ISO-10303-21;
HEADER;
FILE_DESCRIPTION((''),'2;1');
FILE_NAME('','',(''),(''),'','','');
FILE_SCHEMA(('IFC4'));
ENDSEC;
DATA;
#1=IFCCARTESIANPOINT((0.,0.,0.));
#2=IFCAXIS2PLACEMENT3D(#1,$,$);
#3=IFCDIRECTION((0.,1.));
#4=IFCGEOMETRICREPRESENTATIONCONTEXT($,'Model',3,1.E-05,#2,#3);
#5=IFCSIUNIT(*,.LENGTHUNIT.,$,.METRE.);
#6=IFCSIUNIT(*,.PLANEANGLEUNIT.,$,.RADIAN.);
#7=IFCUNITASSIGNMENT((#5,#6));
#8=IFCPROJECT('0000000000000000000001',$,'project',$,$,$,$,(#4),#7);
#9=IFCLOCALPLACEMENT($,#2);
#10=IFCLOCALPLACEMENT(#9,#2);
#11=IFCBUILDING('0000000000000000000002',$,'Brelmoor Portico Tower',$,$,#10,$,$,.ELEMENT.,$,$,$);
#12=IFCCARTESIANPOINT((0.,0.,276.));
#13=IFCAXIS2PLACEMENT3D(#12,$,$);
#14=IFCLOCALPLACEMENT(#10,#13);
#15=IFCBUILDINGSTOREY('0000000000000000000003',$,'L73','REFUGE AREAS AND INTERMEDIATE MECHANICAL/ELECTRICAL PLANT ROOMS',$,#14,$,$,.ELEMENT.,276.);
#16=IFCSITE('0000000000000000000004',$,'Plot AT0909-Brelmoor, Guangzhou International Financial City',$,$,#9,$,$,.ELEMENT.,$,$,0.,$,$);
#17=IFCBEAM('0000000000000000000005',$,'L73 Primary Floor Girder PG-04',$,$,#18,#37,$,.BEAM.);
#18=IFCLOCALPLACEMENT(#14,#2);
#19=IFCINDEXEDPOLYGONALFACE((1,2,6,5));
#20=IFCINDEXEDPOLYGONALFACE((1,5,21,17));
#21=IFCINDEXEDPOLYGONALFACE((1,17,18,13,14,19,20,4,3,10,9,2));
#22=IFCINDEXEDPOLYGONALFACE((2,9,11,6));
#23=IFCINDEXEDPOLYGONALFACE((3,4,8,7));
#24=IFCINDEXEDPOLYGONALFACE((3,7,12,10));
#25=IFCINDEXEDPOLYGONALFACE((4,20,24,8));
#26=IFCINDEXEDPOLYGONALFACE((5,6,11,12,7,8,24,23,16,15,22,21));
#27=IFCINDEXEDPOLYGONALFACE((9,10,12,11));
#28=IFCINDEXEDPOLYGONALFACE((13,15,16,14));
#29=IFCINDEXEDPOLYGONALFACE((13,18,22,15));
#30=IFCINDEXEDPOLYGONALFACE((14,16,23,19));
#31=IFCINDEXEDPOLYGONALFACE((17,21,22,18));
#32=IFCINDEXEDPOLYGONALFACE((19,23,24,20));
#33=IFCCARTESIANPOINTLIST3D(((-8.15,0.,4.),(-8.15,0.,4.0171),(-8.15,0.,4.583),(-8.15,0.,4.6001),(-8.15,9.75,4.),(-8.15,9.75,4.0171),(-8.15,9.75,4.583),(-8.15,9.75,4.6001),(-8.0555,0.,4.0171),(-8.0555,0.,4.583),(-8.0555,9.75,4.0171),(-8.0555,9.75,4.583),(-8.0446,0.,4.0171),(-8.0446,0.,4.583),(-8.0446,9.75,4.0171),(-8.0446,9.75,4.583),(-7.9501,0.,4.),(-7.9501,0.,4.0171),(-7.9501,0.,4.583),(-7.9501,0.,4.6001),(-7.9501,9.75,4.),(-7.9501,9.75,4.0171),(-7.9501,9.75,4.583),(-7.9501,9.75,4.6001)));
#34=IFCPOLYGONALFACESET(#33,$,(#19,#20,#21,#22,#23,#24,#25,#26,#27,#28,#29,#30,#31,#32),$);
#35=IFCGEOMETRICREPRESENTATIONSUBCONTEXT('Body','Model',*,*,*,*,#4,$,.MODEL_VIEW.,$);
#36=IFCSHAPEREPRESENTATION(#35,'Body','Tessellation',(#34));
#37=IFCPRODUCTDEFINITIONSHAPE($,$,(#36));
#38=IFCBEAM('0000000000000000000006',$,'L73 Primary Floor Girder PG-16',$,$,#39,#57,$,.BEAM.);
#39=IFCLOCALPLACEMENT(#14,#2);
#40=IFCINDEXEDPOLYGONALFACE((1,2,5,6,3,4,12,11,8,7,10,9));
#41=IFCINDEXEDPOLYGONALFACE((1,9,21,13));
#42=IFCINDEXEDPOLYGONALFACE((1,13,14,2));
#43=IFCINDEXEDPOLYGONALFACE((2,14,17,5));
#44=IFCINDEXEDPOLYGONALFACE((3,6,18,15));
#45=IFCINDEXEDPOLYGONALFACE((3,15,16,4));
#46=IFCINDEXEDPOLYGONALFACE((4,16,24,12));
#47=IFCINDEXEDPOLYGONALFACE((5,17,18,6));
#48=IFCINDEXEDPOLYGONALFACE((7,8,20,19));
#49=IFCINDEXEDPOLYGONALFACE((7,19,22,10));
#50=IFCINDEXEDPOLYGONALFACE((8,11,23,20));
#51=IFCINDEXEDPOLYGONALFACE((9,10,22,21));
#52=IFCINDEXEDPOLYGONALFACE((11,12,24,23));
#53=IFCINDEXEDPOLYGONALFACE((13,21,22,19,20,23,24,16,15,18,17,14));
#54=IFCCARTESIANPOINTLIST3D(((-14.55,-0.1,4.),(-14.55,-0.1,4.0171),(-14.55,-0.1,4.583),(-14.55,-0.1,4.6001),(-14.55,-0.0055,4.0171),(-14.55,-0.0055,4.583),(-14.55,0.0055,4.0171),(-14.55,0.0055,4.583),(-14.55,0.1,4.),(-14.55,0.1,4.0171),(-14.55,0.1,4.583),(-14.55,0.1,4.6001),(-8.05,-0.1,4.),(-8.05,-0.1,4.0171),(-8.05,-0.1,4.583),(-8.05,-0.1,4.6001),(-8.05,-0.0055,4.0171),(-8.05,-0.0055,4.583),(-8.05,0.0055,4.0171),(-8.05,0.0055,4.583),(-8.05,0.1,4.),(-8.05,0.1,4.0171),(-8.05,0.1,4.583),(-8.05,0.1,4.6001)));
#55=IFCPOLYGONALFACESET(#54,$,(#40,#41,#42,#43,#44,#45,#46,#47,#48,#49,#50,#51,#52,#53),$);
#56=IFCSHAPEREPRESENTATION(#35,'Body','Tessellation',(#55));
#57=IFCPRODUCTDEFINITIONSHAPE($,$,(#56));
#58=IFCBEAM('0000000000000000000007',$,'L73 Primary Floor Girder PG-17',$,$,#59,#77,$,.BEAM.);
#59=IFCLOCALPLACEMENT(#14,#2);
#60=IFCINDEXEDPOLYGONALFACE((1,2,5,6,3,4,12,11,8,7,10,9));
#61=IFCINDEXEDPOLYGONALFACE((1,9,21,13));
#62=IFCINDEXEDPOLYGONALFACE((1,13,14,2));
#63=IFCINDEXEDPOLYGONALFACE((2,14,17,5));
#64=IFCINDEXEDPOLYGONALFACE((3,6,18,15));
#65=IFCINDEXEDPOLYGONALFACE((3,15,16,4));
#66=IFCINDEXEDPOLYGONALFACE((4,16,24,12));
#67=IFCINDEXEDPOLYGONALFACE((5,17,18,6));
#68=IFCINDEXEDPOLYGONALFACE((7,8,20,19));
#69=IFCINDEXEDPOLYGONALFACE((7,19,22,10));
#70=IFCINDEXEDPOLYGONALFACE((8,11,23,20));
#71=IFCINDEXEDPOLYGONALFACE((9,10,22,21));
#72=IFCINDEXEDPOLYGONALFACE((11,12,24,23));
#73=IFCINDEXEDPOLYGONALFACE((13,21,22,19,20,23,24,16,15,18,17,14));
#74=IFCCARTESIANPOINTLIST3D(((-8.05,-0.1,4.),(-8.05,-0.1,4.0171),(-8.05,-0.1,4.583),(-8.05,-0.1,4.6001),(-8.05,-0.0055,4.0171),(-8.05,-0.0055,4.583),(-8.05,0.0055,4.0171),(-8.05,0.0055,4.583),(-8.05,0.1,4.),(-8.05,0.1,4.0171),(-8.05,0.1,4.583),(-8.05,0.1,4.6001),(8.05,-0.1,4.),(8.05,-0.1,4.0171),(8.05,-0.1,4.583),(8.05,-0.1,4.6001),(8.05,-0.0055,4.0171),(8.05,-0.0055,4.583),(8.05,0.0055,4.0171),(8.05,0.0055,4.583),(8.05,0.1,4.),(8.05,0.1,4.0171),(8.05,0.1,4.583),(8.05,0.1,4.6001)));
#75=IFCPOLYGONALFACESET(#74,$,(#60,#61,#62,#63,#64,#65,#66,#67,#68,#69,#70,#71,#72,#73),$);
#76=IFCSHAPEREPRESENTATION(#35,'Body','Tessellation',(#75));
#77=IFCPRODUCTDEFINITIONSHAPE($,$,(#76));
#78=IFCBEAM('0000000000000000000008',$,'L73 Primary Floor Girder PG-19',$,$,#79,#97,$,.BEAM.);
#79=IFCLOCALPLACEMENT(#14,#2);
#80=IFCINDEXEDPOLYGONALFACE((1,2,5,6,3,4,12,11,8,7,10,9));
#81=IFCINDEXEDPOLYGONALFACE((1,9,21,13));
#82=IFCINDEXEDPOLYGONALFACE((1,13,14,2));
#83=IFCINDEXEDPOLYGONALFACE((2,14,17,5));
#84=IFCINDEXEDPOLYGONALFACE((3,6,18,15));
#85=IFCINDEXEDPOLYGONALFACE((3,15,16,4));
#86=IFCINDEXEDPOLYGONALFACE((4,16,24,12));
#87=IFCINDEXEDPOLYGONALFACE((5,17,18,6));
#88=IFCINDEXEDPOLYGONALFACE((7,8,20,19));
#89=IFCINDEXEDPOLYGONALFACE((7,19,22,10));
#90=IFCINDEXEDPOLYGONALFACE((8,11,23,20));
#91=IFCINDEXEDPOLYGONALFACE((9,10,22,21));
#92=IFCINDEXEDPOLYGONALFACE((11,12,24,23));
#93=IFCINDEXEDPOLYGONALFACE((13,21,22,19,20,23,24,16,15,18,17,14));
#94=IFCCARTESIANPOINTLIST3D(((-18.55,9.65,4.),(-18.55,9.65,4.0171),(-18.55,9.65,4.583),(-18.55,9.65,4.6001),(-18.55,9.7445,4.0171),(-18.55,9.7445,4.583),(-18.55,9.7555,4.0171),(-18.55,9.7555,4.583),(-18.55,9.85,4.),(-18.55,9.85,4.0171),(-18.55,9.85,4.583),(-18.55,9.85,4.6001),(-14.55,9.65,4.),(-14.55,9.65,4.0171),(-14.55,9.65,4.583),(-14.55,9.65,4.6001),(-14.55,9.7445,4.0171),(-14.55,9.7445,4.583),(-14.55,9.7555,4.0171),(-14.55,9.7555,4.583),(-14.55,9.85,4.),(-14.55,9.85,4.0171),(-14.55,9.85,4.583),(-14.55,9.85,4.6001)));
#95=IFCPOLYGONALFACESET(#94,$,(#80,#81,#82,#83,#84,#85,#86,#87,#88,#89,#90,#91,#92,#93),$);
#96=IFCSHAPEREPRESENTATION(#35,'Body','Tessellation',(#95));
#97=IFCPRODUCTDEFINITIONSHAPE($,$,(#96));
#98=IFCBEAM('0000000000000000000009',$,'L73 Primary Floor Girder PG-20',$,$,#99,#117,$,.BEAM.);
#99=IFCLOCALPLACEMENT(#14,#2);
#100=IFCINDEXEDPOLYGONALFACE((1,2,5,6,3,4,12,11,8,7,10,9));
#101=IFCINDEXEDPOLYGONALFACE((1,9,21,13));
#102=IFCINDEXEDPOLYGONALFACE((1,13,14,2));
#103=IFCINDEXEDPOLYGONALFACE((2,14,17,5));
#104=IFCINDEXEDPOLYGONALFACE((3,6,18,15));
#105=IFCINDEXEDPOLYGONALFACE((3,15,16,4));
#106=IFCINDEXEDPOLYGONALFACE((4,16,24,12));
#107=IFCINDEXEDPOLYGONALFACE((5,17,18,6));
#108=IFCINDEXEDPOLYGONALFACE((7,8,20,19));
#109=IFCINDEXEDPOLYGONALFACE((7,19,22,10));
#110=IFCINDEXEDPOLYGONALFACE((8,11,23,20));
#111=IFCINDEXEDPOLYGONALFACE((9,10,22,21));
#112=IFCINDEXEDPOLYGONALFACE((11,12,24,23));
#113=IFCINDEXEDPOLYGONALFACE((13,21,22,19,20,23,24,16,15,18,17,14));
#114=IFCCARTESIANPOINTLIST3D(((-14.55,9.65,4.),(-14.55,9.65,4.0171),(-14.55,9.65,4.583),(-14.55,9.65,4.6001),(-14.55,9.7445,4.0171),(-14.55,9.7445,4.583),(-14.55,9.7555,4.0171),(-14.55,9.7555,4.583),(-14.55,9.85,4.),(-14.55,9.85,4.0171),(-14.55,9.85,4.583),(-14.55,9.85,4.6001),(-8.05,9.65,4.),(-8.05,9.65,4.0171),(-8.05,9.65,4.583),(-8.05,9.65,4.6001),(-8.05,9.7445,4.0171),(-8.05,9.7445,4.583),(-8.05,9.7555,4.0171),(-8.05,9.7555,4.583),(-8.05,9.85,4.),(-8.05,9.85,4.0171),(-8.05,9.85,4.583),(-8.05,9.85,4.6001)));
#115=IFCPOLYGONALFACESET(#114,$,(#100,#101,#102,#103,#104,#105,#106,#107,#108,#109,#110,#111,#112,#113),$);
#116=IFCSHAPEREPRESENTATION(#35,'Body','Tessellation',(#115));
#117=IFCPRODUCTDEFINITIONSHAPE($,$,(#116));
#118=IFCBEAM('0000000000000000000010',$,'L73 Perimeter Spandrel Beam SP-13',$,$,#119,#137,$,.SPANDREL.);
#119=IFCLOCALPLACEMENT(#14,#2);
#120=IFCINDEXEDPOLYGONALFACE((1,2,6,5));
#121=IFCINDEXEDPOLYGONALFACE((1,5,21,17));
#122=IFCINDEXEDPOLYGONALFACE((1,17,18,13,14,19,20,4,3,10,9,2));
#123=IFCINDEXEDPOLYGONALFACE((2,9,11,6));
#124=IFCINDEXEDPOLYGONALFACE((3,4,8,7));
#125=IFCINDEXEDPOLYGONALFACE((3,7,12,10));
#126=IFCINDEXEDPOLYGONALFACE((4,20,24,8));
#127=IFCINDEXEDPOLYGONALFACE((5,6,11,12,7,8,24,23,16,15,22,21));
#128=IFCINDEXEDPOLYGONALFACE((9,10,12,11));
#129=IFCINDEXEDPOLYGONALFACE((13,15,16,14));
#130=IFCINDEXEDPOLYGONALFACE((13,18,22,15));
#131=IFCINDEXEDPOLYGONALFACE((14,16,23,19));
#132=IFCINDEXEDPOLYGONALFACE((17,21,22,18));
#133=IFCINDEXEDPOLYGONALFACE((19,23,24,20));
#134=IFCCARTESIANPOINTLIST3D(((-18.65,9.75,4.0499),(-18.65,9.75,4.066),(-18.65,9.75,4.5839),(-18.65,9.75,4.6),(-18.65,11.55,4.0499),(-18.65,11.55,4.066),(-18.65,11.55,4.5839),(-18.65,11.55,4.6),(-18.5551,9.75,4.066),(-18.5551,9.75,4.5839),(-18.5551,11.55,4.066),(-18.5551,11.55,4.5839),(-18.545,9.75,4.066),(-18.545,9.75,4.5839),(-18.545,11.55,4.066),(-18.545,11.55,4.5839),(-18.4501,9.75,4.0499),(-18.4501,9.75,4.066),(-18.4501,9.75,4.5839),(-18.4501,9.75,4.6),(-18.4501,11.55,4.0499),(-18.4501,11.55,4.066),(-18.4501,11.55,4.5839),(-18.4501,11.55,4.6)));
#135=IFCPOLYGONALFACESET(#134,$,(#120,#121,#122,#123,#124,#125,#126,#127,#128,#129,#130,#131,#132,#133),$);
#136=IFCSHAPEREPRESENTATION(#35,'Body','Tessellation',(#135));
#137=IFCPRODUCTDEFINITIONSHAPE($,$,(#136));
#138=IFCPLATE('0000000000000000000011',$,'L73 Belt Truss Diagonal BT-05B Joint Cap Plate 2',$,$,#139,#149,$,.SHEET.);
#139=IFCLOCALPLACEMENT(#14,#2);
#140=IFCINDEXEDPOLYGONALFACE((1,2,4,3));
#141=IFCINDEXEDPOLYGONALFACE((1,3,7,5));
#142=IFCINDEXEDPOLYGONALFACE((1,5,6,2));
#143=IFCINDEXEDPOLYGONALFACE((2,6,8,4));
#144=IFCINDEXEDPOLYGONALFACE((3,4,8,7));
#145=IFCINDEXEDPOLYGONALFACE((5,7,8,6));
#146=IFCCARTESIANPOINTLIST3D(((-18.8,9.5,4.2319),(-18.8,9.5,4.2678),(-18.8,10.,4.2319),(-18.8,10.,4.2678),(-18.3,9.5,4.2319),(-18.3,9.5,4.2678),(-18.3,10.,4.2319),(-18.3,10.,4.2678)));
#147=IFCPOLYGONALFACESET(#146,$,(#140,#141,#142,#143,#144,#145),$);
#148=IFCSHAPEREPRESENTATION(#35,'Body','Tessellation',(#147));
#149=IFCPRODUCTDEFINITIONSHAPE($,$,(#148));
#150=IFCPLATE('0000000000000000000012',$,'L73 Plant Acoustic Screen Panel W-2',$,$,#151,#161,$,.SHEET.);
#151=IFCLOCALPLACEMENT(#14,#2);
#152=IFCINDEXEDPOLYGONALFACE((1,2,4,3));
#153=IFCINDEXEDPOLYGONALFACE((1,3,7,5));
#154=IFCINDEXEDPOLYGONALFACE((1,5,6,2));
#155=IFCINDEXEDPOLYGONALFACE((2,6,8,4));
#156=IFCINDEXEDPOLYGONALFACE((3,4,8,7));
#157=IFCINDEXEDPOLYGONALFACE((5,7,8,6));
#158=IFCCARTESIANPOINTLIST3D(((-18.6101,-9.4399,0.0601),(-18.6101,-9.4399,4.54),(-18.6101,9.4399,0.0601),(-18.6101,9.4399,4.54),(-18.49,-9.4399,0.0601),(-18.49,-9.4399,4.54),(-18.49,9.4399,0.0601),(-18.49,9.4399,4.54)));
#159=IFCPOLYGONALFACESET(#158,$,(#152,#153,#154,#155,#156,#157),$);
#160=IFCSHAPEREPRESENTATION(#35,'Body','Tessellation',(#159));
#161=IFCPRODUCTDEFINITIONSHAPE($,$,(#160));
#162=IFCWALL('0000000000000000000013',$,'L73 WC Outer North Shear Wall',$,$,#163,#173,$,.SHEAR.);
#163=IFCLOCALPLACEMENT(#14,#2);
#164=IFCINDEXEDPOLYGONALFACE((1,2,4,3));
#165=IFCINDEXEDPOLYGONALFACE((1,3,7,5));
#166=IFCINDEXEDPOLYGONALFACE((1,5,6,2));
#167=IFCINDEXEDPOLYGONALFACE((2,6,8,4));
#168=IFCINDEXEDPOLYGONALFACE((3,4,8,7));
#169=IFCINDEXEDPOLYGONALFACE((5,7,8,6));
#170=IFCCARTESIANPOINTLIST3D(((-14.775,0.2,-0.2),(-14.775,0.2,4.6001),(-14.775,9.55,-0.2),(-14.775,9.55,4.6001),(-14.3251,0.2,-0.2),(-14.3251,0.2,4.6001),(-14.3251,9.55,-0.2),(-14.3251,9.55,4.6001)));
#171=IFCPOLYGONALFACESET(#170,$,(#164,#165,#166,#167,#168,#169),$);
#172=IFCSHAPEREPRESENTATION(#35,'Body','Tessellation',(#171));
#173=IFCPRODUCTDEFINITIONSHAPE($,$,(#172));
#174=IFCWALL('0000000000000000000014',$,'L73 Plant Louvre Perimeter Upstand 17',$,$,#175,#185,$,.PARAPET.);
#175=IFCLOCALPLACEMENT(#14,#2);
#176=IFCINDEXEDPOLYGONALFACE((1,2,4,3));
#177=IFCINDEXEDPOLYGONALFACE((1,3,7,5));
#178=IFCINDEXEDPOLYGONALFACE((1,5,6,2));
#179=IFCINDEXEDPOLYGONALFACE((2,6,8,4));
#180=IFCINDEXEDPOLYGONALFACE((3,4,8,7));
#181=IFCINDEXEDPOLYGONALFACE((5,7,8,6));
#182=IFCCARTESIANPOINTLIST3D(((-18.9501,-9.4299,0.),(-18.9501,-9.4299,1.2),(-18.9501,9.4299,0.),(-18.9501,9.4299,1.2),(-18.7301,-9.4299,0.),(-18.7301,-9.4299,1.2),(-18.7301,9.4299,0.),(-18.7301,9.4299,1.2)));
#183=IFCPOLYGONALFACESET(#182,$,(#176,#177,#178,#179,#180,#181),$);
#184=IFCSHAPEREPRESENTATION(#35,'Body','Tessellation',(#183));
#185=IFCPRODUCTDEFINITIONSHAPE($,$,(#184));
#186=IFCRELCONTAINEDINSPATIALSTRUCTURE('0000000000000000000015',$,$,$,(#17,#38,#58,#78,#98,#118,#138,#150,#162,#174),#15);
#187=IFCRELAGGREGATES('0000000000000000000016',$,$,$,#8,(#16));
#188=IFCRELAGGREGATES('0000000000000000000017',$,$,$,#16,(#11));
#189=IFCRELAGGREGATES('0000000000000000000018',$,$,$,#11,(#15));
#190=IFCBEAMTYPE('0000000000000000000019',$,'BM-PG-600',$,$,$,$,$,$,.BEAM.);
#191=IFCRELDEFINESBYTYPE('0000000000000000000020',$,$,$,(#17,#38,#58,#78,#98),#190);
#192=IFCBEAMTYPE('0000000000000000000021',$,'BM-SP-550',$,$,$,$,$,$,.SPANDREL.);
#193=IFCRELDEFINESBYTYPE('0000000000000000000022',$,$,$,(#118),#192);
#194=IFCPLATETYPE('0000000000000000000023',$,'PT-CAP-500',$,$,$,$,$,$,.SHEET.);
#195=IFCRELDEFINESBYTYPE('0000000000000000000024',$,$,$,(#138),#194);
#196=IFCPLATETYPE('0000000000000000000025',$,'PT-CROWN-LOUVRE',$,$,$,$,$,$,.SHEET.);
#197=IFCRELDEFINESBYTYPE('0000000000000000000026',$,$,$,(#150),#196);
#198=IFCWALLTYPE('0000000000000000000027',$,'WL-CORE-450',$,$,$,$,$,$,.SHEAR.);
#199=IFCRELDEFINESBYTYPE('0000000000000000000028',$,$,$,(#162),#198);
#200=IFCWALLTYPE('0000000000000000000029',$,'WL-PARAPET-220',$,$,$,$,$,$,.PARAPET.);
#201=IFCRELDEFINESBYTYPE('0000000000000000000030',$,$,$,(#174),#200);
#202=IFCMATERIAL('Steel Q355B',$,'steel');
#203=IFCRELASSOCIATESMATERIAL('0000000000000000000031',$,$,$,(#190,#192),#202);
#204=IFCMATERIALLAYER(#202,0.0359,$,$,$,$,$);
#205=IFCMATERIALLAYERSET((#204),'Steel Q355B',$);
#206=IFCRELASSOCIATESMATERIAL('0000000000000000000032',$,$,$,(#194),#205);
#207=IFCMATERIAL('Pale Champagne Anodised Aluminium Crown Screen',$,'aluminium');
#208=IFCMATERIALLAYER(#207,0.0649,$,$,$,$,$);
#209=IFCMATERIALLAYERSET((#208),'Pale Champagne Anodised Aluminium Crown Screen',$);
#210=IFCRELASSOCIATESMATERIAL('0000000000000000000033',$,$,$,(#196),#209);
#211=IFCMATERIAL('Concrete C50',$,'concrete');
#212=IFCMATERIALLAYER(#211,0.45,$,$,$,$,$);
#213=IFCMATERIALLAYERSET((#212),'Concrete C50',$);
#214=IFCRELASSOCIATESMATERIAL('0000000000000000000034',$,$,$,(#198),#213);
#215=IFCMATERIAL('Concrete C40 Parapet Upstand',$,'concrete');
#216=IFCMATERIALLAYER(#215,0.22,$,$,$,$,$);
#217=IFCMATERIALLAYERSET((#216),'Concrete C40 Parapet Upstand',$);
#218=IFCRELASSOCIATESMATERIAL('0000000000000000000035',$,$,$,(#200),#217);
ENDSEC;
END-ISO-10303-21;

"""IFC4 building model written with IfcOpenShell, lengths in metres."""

from ifc_helpers import new_model, si_unit, direction, frame, frame_2d, origin, origin_2d, place, context, subcontext, project, spatial, rectangle, i_section, extrude, material, layer, layer_set, material_profile, profile_set, type_object, element, save


model = new_model("IFC4")

# Units and contexts
model_context = context("Model", 3, precision=1e-05, world=origin(), true_north=direction((0.0, 1.0)))
body_context = subcontext(model_context, "Body", "Model", "MODEL_VIEW")
ifc_project = project(units=[si_unit("LENGTHUNIT", "METRE"), si_unit("PLANEANGLEUNIT", "RADIAN")], contexts=[model_context])

# Site, building, storey
site_placement = place(None, origin())
site = spatial("IfcSite", under=ifc_project, at=site_placement, Name="Plot AT0909-Brelmoor, Guangzhou International Financial City", CompositionType="ELEMENT", RefElevation=0.0)
building_placement = place(site_placement, origin())
building = spatial("IfcBuilding", under=site, at=building_placement, Name="Brelmoor Portico Tower", CompositionType="ELEMENT")
storey_placement = place(building_placement, frame((0.0, 0.0, 276.0)))
storey = spatial("IfcBuildingStorey", under=building, at=storey_placement, Name="L73", Description="REFUGE AREAS AND INTERMEDIATE MECHANICAL/ELECTRICAL PLANT ROOMS", CompositionType="ELEMENT", Elevation=276.0)

# Shared definitions
ifc_material_1 = material(Name="Steel Q355B", Category="steel")

# Beams
ifc_material_profile_1 = material_profile(ifc_material_1, i_section(OverallWidth=0.2, OverallDepth=0.6001, WebThickness=0.011, FlangeThickness=0.0171, at=origin_2d()), Name="HN 600x200x11x17")
ifc_profile_set_1 = profile_set([ifc_material_profile_1], Name="Steel Q355B")
beam_type_1 = type_object("IfcBeamType", Name="BM-PG-600", PredefinedType="BEAM", material=ifc_profile_set_1)
for number, where, z_axis, x_axis, name in (
    (1, (-8.05, 0.0, 4.3), (0.0, 1.0, 0.0), (-1.0, 0.0, 0.0), "L73 Primary Floor Girder PG-04"),
):
    element("IfcBeam", number, at=place(storey_placement, frame(where, z_axis=z_axis, x_axis=x_axis)), inside=storey, type_object=beam_type_1, Name=name, PredefinedType="BEAM", context=body_context, shape_type="SweptSolid", body=[
        extrude(i_section(OverallWidth=0.2, OverallDepth=0.6001, WebThickness=0.011, FlangeThickness=0.0171, at=origin_2d()), origin(), (0.0, 0.0, 1.0), 9.75),
    ])
beam_1_placement = place(storey_placement, frame((-14.55, 0.0, 4.3), z_axis=(1.0, 0.0, 0.0), x_axis=(0.0, 1.0, 0.0)))
element("IfcBeam", 2, at=beam_1_placement, inside=storey, type_object=beam_type_1, Name="L73 Primary Floor Girder PG-16", PredefinedType="BEAM", context=body_context, shape_type="SweptSolid", body=[
    extrude(i_section(OverallWidth=0.2, OverallDepth=0.6001, WebThickness=0.011, FlangeThickness=0.0171, at=origin_2d()), origin(), (0.0, 0.0, 1.0), 6.5),
])
beam_2_placement = place(storey_placement, frame((-8.05, 0.0, 4.3), z_axis=(1.0, 0.0, 0.0), x_axis=(0.0, 1.0, 0.0)))
element("IfcBeam", 3, at=beam_2_placement, inside=storey, type_object=beam_type_1, Name="L73 Primary Floor Girder PG-17", PredefinedType="BEAM", context=body_context, shape_type="SweptSolid", body=[
    extrude(i_section(OverallWidth=0.2, OverallDepth=0.6001, WebThickness=0.011, FlangeThickness=0.0171, at=origin_2d()), origin(), (0.0, 0.0, 1.0), 16.1001),
])
beam_3_placement = place(storey_placement, frame((-18.55, 9.75, 4.3), z_axis=(1.0, 0.0, 0.0), x_axis=(0.0, 1.0, 0.0)))
element("IfcBeam", 4, at=beam_3_placement, inside=storey, type_object=beam_type_1, Name="L73 Primary Floor Girder PG-19", PredefinedType="BEAM", context=body_context, shape_type="SweptSolid", body=[
    extrude(i_section(OverallWidth=0.2, OverallDepth=0.6001, WebThickness=0.011, FlangeThickness=0.0171, at=origin_2d()), origin(), (0.0, 0.0, 1.0), 4.0),
])
beam_4_placement = place(storey_placement, frame((-14.55, 9.75, 4.3), z_axis=(1.0, 0.0, 0.0), x_axis=(0.0, 1.0, 0.0)))
element("IfcBeam", 5, at=beam_4_placement, inside=storey, type_object=beam_type_1, Name="L73 Primary Floor Girder PG-20", PredefinedType="BEAM", context=body_context, shape_type="SweptSolid", body=[
    extrude(i_section(OverallWidth=0.2, OverallDepth=0.6001, WebThickness=0.011, FlangeThickness=0.0171, at=origin_2d()), origin(), (0.0, 0.0, 1.0), 6.5),
])
ifc_material_profile_2 = material_profile(ifc_material_1, i_section(OverallWidth=0.2, OverallDepth=0.55, WebThickness=0.01, FlangeThickness=0.0161, at=origin_2d()), Name="HN 550x200x10x16")
ifc_profile_set_2 = profile_set([ifc_material_profile_2], Name="Steel Q355B")
beam_type_2 = type_object("IfcBeamType", Name="BM-SP-550", PredefinedType="SPANDREL", material=ifc_profile_set_2)
beam_5_placement = place(storey_placement, frame((-18.55, 9.75, 4.325), z_axis=(0.0, 1.0, 0.0), x_axis=(-1.0, 0.0, 0.0)))
element("IfcBeam", 6, at=beam_5_placement, inside=storey, type_object=beam_type_2, Name="L73 Perimeter Spandrel Beam SP-13", PredefinedType="SPANDREL", context=body_context, shape_type="SweptSolid", body=[
    extrude(i_section(OverallWidth=0.2, OverallDepth=0.55, WebThickness=0.01, FlangeThickness=0.0161, at=origin_2d()), origin(), (0.0, 0.0, 1.0), 1.8),
])

# Plates
ifc_layer_1 = layer(ifc_material_1, 0.0359)
ifc_layer_set_1 = layer_set([ifc_layer_1], Name="Steel Q355B")
plate_type_1 = type_object("IfcPlateType", Name="PT-CAP-500", PredefinedType="SHEET", material=ifc_layer_set_1)
plate_1_placement = place(storey_placement, frame((-18.55, 9.75, 4.2319), z_axis=(0.0, 0.0, 1.0), x_axis=(1.0, 0.0, 0.0)))
element("IfcPlate", 7, at=plate_1_placement, inside=storey, type_object=plate_type_1, Name="L73 Belt Truss Diagonal BT-05B Joint Cap Plate 2", PredefinedType="SHEET", context=body_context, shape_type="SweptSolid", body=[
    extrude(rectangle(XDim=0.5, YDim=0.5, at=origin_2d()), origin(), (0.0, 0.0, 1.0), 0.0359),
])
ifc_material_2 = material(Name="Pale Champagne Anodised Aluminium Crown Screen", Category="aluminium")
ifc_layer_2 = layer(ifc_material_2, 0.0649)
ifc_layer_set_2 = layer_set([ifc_layer_2], Name="Pale Champagne Anodised Aluminium Crown Screen")
plate_type_2 = type_object("IfcPlateType", Name="PT-CROWN-LOUVRE", PredefinedType="SHEET", material=ifc_layer_set_2)
plate_2_placement = place(storey_placement, frame((-18.55, 0.0, 0.0601), z_axis=(0.0, 0.0, 1.0), x_axis=(0.0, 1.0, 0.0)))
element("IfcPlate", 8, at=plate_2_placement, inside=storey, type_object=plate_type_2, Name="L73 Plant Acoustic Screen Panel W-2", PredefinedType="SHEET", context=body_context, shape_type="SweptSolid", body=[
    extrude(rectangle(XDim=18.8799, YDim=0.1201, at=origin_2d()), origin(), (0.0, 0.0, 1.0), 4.48),
])

# Walls
ifc_material_3 = material(Name="Concrete C50", Category="concrete")
ifc_layer_3 = layer(ifc_material_3, 0.45)
ifc_layer_set_3 = layer_set([ifc_layer_3], Name="Concrete C50")
wall_type_1 = type_object("IfcWallType", Name="WL-CORE-450", PredefinedType="SHEAR", material=ifc_layer_set_3)
wall_1_placement = place(storey_placement, frame((-14.55, 0.2, -0.2), z_axis=(0.0, 0.0, 1.0), x_axis=(0.0, 1.0, 0.0)))
element("IfcWall", 9, at=wall_1_placement, inside=storey, type_object=wall_type_1, Name="L73 WC Outer North Shear Wall", PredefinedType="SHEAR", context=body_context, shape_type="SweptSolid", body=[
    extrude(rectangle(XDim=9.3501, YDim=0.45, at=frame_2d((4.675, 0.0))), origin(), (0.0, 0.0, 1.0), 4.8),
])
ifc_material_4 = material(Name="Concrete C40 Parapet Upstand", Category="concrete")
ifc_layer_4 = layer(ifc_material_4, 0.22)
ifc_layer_set_4 = layer_set([ifc_layer_4], Name="Concrete C40 Parapet Upstand")
wall_type_2 = type_object("IfcWallType", Name="WL-PARAPET-220", PredefinedType="PARAPET", material=ifc_layer_set_4)
wall_2_placement = place(storey_placement, frame((-18.8401, 9.4299, 0.0), z_axis=(0.0, 0.0, 1.0), x_axis=(0.0, -1.0, 0.0)))
element("IfcWall", 10, at=wall_2_placement, inside=storey, type_object=wall_type_2, Name="L73 Plant Louvre Perimeter Upstand 17", PredefinedType="PARAPET", context=body_context, shape_type="SweptSolid", body=[
    extrude(rectangle(XDim=18.8599, YDim=0.22, at=frame_2d((9.4299, 0.0))), origin(), (0.0, 0.0, 1.0), 1.2),
])

save(model, "model.ifc")
